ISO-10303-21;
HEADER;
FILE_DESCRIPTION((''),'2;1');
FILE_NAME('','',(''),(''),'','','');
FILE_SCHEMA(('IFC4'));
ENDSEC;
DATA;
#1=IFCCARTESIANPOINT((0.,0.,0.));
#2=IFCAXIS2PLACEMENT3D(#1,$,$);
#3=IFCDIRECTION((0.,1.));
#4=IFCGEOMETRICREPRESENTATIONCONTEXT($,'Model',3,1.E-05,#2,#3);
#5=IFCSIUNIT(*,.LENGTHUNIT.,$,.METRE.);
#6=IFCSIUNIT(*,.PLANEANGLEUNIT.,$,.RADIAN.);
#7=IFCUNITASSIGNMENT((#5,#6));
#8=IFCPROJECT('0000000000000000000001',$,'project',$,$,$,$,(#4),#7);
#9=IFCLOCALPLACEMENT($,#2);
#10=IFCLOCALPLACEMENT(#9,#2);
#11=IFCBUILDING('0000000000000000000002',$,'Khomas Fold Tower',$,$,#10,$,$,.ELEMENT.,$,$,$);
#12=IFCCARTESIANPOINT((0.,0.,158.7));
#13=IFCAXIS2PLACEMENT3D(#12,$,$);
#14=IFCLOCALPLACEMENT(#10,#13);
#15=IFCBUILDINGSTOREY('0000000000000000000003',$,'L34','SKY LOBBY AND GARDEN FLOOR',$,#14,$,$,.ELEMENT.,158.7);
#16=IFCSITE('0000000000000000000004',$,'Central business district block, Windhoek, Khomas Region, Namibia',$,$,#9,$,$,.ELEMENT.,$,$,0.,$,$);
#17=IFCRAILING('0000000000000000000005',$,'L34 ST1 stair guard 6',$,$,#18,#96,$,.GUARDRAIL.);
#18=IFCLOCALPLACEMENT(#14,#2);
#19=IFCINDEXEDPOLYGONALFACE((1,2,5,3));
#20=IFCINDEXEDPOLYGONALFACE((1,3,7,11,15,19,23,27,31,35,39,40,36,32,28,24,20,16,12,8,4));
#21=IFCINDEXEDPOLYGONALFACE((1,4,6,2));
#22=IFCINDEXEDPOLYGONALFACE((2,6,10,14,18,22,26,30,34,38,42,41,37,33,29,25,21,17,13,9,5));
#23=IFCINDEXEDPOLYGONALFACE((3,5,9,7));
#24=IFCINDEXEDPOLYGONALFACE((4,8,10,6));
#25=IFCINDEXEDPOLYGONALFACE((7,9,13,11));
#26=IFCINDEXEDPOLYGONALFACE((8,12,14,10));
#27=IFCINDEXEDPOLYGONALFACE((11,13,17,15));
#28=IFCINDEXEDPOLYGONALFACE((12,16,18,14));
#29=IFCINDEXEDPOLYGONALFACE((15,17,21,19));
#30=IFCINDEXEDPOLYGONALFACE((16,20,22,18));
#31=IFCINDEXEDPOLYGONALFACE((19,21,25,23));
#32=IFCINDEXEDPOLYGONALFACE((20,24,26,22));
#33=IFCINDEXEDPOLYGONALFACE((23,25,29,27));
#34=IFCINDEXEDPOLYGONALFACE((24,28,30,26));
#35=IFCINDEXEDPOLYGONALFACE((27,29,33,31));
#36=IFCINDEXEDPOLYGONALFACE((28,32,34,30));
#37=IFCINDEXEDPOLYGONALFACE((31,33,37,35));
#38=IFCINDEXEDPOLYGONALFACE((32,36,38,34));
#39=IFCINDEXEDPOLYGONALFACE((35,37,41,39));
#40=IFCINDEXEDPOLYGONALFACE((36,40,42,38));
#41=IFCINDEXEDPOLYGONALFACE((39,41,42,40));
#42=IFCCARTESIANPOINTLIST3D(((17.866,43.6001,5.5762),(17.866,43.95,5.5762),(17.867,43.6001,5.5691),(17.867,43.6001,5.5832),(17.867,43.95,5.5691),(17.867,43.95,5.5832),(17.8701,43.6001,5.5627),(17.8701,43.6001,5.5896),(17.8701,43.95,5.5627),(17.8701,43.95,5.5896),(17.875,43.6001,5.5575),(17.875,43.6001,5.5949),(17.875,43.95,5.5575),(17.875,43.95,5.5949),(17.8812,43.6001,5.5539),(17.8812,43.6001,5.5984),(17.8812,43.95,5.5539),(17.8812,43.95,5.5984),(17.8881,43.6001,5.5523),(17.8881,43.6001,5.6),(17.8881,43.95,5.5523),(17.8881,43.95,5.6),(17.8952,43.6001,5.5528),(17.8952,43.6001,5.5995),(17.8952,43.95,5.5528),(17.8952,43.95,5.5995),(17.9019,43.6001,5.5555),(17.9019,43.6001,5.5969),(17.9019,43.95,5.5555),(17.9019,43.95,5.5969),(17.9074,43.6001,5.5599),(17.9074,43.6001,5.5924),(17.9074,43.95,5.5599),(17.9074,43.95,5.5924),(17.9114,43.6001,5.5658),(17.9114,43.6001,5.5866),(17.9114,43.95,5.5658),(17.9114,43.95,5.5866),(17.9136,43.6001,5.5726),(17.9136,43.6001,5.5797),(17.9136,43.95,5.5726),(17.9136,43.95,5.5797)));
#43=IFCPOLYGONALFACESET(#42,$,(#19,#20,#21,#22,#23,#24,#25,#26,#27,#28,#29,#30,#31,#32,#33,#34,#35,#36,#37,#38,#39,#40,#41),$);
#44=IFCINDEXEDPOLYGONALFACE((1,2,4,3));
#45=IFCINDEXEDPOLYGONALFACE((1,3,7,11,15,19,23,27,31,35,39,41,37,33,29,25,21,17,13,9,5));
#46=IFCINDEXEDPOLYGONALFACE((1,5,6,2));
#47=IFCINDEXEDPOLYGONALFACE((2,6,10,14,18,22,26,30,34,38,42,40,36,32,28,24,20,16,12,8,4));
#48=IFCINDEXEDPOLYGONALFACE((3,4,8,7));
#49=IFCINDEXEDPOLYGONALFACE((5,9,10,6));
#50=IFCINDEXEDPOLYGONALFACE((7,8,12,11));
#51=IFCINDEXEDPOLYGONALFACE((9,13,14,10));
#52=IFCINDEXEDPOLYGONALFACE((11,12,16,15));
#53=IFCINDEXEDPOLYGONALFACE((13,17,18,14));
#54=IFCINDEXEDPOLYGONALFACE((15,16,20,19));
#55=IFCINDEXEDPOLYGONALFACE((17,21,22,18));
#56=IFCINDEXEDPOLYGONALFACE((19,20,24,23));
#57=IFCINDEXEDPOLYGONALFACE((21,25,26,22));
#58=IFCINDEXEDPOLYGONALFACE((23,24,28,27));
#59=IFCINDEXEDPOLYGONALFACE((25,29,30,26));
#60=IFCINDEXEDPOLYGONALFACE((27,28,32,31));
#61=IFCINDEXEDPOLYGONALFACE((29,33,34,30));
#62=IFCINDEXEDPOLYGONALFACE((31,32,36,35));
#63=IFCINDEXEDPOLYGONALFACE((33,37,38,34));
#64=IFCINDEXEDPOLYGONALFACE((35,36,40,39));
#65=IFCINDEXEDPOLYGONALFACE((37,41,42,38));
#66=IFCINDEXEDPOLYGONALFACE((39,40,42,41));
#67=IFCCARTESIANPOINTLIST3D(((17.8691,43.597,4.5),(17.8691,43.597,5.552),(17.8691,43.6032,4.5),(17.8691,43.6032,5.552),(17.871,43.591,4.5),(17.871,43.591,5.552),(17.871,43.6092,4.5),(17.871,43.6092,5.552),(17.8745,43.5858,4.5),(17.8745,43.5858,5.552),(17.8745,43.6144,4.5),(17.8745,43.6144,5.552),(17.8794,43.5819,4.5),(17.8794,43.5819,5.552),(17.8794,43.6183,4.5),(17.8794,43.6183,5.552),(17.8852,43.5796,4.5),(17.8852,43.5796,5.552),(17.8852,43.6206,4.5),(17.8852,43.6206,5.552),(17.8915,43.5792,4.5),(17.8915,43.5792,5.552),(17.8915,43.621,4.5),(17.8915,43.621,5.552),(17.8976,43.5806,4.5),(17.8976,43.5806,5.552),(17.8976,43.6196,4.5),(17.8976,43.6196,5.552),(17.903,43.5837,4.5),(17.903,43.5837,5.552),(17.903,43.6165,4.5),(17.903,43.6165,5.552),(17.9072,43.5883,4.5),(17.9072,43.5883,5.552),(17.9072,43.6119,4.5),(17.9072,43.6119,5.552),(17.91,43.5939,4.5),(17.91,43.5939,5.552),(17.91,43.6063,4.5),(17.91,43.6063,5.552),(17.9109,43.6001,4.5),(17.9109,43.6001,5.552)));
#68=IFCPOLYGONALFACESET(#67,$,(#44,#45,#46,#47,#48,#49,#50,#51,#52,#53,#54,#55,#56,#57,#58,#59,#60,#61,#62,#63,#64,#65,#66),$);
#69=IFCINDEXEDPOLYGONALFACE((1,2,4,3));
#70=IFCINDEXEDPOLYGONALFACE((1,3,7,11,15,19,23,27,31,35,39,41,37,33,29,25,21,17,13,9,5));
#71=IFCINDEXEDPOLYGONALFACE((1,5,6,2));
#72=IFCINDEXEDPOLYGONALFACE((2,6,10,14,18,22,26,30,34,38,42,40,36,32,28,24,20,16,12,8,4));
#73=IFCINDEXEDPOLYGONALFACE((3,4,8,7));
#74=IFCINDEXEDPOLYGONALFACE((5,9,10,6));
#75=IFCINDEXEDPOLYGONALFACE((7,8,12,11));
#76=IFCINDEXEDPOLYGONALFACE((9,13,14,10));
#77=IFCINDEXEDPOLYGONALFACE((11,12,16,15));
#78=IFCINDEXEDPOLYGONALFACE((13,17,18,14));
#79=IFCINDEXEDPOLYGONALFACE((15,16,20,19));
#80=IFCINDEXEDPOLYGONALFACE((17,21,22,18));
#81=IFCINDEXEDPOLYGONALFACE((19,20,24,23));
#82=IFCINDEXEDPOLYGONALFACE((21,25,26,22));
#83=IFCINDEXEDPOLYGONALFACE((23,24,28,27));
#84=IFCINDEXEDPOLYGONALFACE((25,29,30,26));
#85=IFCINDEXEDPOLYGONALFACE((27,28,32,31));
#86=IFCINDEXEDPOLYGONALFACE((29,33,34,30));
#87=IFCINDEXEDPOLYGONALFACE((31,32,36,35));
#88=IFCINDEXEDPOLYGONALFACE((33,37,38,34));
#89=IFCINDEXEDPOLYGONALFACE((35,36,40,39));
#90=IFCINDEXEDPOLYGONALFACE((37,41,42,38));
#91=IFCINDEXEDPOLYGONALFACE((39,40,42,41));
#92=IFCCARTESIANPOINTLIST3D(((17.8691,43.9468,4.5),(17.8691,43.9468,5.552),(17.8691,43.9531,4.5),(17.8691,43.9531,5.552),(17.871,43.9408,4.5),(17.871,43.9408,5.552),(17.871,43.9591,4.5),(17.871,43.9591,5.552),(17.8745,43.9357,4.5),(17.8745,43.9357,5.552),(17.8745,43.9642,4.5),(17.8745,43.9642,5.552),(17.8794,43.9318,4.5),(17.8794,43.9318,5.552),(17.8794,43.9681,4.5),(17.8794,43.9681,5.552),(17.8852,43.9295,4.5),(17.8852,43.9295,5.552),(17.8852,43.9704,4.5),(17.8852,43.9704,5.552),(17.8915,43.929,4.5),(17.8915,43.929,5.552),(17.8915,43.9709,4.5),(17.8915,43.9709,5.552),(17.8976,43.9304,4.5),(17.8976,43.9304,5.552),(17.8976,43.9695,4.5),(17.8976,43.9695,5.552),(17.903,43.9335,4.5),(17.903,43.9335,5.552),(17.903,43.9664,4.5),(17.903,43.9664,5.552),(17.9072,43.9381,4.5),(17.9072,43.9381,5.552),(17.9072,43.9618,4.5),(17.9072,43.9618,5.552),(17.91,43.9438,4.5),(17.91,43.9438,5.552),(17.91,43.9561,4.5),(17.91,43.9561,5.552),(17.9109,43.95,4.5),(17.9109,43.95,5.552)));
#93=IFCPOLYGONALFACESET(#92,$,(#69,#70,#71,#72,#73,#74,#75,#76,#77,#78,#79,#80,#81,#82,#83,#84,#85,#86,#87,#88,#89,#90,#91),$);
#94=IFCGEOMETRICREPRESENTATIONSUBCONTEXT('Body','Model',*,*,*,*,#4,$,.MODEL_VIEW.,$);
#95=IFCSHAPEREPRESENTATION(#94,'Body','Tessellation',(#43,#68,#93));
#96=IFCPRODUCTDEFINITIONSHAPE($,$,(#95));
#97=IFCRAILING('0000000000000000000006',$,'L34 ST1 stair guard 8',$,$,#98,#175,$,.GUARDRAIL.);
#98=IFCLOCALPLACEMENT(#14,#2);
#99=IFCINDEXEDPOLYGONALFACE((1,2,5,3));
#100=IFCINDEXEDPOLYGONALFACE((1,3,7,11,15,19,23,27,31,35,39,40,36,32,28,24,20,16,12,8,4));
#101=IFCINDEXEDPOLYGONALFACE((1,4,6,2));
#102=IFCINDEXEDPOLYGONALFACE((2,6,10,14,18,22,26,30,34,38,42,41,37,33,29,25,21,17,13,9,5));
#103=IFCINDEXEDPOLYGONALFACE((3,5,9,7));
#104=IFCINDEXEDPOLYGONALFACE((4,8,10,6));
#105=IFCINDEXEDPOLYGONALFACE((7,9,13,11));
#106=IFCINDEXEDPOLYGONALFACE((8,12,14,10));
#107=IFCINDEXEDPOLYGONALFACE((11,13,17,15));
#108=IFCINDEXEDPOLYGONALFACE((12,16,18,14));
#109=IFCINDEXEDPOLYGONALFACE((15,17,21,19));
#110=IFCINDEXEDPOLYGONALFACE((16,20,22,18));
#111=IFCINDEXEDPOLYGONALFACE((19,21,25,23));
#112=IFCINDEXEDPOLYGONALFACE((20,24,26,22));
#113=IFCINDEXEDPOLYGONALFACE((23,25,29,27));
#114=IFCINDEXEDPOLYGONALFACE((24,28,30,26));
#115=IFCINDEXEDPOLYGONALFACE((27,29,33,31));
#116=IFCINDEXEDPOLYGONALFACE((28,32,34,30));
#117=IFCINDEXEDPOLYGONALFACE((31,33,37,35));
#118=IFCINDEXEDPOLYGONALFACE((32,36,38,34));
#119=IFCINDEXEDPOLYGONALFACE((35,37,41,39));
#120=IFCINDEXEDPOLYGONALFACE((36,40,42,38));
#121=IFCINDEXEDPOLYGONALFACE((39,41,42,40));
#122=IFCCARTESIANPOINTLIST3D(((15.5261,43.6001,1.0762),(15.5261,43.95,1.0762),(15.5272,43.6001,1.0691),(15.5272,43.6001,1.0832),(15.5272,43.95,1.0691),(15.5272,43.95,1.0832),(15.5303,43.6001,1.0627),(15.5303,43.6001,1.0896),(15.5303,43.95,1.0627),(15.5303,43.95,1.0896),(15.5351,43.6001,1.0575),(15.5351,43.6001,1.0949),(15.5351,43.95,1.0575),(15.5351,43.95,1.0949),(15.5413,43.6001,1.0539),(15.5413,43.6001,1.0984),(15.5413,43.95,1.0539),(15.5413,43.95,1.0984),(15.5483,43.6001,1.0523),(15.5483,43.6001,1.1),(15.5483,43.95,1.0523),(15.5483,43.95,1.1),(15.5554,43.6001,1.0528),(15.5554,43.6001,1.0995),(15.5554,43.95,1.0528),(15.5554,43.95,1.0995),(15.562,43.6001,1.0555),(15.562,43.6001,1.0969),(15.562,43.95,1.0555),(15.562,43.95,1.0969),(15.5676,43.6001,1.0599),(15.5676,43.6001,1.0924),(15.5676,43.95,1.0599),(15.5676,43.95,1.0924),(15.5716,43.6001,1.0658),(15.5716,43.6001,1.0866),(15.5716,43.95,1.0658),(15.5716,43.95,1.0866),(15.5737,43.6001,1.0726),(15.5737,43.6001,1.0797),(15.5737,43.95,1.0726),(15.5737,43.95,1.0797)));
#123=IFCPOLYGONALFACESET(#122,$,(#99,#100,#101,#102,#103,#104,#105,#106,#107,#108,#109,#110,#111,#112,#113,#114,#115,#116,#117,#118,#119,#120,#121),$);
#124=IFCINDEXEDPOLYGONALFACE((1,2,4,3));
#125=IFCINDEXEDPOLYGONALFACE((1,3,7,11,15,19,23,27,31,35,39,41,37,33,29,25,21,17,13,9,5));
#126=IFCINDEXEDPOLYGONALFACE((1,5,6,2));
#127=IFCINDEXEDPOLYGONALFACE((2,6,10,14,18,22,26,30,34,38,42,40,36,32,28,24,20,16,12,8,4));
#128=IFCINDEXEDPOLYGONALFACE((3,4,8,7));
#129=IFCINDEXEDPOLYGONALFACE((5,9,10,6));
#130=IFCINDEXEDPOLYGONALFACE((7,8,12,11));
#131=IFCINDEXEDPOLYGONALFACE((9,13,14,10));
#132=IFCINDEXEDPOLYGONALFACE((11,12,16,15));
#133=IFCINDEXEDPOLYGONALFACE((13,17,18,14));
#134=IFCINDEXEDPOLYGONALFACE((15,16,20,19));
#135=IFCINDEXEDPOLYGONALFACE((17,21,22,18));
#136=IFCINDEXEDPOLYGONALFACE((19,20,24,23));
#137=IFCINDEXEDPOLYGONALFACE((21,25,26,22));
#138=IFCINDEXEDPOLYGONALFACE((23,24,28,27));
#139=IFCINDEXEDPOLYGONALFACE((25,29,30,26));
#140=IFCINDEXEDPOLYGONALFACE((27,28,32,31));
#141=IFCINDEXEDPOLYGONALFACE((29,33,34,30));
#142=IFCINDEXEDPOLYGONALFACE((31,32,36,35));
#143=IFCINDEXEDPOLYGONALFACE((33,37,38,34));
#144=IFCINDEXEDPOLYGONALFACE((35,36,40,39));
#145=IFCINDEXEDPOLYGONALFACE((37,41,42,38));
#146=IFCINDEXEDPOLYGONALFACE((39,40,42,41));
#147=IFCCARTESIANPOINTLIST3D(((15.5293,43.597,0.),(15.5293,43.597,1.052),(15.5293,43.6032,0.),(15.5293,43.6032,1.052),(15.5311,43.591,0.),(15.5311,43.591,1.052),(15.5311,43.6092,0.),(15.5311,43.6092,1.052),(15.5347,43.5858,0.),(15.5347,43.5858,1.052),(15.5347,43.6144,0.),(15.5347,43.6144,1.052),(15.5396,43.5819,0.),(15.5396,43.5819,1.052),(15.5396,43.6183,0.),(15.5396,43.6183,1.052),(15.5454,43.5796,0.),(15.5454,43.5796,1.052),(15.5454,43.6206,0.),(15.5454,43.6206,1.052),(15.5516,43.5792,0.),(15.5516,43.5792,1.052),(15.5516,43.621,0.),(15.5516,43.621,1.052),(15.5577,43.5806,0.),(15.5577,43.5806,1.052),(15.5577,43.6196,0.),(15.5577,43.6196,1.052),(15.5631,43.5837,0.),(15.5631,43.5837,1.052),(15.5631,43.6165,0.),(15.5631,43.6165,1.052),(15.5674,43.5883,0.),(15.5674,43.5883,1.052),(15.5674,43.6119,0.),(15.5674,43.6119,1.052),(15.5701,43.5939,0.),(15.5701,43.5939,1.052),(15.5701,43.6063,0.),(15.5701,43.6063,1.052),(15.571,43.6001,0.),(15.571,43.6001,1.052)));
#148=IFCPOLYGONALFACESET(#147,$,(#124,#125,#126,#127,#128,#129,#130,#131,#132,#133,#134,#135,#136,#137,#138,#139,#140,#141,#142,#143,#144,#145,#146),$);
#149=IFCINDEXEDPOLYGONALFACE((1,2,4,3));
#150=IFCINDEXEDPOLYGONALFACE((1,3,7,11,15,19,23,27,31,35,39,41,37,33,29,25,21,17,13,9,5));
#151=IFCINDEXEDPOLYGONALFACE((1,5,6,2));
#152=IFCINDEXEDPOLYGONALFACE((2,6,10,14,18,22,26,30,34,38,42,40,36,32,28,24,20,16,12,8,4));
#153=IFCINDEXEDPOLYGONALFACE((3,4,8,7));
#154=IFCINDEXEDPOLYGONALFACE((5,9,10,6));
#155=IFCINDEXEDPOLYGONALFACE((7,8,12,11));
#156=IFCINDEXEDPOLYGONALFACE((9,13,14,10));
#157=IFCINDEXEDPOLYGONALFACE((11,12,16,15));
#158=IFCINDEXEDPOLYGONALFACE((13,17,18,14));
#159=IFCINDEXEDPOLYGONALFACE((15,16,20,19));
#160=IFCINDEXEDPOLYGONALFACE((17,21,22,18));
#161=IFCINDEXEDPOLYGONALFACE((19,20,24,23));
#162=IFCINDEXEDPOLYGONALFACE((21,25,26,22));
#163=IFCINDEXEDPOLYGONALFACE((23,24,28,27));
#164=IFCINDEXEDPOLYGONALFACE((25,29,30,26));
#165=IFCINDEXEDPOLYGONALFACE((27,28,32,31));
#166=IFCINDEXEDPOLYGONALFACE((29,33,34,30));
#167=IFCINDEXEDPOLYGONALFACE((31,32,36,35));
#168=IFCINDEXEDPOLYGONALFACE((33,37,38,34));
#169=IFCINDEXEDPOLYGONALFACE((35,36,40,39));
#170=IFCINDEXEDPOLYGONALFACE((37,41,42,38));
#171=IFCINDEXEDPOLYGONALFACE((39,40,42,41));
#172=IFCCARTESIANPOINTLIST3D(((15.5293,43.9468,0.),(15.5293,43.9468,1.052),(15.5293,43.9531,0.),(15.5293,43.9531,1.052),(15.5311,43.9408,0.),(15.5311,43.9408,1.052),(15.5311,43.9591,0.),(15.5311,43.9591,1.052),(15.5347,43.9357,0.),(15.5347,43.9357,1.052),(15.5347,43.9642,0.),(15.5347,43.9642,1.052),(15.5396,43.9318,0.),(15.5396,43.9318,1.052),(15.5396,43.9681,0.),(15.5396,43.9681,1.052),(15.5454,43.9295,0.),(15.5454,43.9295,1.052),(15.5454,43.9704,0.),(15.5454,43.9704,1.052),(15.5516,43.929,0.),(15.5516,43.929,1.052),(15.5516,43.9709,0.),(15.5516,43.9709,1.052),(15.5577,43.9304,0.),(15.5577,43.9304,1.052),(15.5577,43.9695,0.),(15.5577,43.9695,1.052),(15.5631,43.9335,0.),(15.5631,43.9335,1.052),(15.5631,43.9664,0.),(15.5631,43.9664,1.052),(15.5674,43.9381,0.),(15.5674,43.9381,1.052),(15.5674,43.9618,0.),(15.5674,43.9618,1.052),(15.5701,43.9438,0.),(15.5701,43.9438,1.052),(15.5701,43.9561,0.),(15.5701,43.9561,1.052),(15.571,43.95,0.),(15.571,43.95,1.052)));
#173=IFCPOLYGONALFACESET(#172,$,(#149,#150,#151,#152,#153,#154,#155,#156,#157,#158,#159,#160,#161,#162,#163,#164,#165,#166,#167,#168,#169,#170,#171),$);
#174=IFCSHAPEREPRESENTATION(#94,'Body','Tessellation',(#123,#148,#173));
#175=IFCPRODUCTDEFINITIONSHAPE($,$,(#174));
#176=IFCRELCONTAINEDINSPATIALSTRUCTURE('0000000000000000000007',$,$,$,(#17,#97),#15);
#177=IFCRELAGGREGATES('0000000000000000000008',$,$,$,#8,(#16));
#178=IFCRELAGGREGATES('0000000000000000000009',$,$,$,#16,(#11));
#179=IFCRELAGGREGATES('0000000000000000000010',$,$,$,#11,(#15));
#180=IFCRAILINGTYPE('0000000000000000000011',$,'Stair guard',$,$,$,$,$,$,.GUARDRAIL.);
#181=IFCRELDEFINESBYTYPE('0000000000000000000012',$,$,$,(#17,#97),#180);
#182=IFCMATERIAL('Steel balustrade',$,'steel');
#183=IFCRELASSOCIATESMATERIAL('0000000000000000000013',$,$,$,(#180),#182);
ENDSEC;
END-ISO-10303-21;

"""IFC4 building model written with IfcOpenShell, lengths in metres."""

from ifc_helpers import new_model, si_unit, direction, frame, origin, origin_2d, place, context, subcontext, project, spatial, circle, extrude, source, transform, mapped, material, type_object, element, save


model = new_model("IFC4")

# Units and contexts
model_context = context("Model", 3, precision=1e-05, world=origin(), true_north=direction((0.0, 1.0)))
body_context = subcontext(model_context, "Body", "Model", "MODEL_VIEW")
ifc_project = project(units=[si_unit("LENGTHUNIT", "METRE"), si_unit("PLANEANGLEUNIT", "RADIAN")], contexts=[model_context])

# Site, building, storey
site_placement = place(None, origin())
site = spatial("IfcSite", under=ifc_project, at=site_placement, Name="Central business district block, Windhoek, Khomas Region, Namibia", CompositionType="ELEMENT", RefElevation=0.0)
building_placement = place(site_placement, origin())
building = spatial("IfcBuilding", under=site, at=building_placement, Name="Khomas Fold Tower", CompositionType="ELEMENT")
storey_placement = place(building_placement, frame((0.0, 0.0, 158.7)))
storey = spatial("IfcBuildingStorey", under=building, at=storey_placement, Name="L34", Description="SKY LOBBY AND GARDEN FLOOR", CompositionType="ELEMENT", Elevation=158.7)

# Railings
ifc_material_1 = material(Name="Steel balustrade", Category="steel")
railing_type_1 = type_object("IfcRailingType", Name="Stair guard", PredefinedType="GUARDRAIL", material=ifc_material_1)
shared_shape_1 = source(origin(), body_context, "Body", "SweptSolid", [
    extrude(circle(Radius=0.0239, at=origin_2d()), frame((0.0, 0.0, 1.0762), z_axis=(0.0, 1.0, 0.0), x_axis=(-1.0, 0.0, 0.0)), (0.0, 0.0, 1.0), 0.3499),
    extrude(circle(Radius=0.021, at=origin_2d()), origin(), (0.0, 0.0, 1.0), 1.052),
    extrude(circle(Radius=0.021, at=origin_2d()), frame((0.0, 0.3499, 0.0)), (0.0, 0.0, 1.0), 1.052),
])
for number, where, name in (
    (1, (17.8899, 43.6001, 4.5), "L34 ST1 stair guard 6"),
    (2, (15.55, 43.6001, 0.0), "L34 ST1 stair guard 8"),
):
    element("IfcRailing", number, at=place(storey_placement, frame(where)), inside=storey, type_object=railing_type_1, Name=name, PredefinedType="GUARDRAIL", context=body_context, shape_type="MappedRepresentation", body=[
        mapped(shared_shape_1, transform((0.0, 0.0, 0.0))),
    ])

save(model, "model.ifc")
